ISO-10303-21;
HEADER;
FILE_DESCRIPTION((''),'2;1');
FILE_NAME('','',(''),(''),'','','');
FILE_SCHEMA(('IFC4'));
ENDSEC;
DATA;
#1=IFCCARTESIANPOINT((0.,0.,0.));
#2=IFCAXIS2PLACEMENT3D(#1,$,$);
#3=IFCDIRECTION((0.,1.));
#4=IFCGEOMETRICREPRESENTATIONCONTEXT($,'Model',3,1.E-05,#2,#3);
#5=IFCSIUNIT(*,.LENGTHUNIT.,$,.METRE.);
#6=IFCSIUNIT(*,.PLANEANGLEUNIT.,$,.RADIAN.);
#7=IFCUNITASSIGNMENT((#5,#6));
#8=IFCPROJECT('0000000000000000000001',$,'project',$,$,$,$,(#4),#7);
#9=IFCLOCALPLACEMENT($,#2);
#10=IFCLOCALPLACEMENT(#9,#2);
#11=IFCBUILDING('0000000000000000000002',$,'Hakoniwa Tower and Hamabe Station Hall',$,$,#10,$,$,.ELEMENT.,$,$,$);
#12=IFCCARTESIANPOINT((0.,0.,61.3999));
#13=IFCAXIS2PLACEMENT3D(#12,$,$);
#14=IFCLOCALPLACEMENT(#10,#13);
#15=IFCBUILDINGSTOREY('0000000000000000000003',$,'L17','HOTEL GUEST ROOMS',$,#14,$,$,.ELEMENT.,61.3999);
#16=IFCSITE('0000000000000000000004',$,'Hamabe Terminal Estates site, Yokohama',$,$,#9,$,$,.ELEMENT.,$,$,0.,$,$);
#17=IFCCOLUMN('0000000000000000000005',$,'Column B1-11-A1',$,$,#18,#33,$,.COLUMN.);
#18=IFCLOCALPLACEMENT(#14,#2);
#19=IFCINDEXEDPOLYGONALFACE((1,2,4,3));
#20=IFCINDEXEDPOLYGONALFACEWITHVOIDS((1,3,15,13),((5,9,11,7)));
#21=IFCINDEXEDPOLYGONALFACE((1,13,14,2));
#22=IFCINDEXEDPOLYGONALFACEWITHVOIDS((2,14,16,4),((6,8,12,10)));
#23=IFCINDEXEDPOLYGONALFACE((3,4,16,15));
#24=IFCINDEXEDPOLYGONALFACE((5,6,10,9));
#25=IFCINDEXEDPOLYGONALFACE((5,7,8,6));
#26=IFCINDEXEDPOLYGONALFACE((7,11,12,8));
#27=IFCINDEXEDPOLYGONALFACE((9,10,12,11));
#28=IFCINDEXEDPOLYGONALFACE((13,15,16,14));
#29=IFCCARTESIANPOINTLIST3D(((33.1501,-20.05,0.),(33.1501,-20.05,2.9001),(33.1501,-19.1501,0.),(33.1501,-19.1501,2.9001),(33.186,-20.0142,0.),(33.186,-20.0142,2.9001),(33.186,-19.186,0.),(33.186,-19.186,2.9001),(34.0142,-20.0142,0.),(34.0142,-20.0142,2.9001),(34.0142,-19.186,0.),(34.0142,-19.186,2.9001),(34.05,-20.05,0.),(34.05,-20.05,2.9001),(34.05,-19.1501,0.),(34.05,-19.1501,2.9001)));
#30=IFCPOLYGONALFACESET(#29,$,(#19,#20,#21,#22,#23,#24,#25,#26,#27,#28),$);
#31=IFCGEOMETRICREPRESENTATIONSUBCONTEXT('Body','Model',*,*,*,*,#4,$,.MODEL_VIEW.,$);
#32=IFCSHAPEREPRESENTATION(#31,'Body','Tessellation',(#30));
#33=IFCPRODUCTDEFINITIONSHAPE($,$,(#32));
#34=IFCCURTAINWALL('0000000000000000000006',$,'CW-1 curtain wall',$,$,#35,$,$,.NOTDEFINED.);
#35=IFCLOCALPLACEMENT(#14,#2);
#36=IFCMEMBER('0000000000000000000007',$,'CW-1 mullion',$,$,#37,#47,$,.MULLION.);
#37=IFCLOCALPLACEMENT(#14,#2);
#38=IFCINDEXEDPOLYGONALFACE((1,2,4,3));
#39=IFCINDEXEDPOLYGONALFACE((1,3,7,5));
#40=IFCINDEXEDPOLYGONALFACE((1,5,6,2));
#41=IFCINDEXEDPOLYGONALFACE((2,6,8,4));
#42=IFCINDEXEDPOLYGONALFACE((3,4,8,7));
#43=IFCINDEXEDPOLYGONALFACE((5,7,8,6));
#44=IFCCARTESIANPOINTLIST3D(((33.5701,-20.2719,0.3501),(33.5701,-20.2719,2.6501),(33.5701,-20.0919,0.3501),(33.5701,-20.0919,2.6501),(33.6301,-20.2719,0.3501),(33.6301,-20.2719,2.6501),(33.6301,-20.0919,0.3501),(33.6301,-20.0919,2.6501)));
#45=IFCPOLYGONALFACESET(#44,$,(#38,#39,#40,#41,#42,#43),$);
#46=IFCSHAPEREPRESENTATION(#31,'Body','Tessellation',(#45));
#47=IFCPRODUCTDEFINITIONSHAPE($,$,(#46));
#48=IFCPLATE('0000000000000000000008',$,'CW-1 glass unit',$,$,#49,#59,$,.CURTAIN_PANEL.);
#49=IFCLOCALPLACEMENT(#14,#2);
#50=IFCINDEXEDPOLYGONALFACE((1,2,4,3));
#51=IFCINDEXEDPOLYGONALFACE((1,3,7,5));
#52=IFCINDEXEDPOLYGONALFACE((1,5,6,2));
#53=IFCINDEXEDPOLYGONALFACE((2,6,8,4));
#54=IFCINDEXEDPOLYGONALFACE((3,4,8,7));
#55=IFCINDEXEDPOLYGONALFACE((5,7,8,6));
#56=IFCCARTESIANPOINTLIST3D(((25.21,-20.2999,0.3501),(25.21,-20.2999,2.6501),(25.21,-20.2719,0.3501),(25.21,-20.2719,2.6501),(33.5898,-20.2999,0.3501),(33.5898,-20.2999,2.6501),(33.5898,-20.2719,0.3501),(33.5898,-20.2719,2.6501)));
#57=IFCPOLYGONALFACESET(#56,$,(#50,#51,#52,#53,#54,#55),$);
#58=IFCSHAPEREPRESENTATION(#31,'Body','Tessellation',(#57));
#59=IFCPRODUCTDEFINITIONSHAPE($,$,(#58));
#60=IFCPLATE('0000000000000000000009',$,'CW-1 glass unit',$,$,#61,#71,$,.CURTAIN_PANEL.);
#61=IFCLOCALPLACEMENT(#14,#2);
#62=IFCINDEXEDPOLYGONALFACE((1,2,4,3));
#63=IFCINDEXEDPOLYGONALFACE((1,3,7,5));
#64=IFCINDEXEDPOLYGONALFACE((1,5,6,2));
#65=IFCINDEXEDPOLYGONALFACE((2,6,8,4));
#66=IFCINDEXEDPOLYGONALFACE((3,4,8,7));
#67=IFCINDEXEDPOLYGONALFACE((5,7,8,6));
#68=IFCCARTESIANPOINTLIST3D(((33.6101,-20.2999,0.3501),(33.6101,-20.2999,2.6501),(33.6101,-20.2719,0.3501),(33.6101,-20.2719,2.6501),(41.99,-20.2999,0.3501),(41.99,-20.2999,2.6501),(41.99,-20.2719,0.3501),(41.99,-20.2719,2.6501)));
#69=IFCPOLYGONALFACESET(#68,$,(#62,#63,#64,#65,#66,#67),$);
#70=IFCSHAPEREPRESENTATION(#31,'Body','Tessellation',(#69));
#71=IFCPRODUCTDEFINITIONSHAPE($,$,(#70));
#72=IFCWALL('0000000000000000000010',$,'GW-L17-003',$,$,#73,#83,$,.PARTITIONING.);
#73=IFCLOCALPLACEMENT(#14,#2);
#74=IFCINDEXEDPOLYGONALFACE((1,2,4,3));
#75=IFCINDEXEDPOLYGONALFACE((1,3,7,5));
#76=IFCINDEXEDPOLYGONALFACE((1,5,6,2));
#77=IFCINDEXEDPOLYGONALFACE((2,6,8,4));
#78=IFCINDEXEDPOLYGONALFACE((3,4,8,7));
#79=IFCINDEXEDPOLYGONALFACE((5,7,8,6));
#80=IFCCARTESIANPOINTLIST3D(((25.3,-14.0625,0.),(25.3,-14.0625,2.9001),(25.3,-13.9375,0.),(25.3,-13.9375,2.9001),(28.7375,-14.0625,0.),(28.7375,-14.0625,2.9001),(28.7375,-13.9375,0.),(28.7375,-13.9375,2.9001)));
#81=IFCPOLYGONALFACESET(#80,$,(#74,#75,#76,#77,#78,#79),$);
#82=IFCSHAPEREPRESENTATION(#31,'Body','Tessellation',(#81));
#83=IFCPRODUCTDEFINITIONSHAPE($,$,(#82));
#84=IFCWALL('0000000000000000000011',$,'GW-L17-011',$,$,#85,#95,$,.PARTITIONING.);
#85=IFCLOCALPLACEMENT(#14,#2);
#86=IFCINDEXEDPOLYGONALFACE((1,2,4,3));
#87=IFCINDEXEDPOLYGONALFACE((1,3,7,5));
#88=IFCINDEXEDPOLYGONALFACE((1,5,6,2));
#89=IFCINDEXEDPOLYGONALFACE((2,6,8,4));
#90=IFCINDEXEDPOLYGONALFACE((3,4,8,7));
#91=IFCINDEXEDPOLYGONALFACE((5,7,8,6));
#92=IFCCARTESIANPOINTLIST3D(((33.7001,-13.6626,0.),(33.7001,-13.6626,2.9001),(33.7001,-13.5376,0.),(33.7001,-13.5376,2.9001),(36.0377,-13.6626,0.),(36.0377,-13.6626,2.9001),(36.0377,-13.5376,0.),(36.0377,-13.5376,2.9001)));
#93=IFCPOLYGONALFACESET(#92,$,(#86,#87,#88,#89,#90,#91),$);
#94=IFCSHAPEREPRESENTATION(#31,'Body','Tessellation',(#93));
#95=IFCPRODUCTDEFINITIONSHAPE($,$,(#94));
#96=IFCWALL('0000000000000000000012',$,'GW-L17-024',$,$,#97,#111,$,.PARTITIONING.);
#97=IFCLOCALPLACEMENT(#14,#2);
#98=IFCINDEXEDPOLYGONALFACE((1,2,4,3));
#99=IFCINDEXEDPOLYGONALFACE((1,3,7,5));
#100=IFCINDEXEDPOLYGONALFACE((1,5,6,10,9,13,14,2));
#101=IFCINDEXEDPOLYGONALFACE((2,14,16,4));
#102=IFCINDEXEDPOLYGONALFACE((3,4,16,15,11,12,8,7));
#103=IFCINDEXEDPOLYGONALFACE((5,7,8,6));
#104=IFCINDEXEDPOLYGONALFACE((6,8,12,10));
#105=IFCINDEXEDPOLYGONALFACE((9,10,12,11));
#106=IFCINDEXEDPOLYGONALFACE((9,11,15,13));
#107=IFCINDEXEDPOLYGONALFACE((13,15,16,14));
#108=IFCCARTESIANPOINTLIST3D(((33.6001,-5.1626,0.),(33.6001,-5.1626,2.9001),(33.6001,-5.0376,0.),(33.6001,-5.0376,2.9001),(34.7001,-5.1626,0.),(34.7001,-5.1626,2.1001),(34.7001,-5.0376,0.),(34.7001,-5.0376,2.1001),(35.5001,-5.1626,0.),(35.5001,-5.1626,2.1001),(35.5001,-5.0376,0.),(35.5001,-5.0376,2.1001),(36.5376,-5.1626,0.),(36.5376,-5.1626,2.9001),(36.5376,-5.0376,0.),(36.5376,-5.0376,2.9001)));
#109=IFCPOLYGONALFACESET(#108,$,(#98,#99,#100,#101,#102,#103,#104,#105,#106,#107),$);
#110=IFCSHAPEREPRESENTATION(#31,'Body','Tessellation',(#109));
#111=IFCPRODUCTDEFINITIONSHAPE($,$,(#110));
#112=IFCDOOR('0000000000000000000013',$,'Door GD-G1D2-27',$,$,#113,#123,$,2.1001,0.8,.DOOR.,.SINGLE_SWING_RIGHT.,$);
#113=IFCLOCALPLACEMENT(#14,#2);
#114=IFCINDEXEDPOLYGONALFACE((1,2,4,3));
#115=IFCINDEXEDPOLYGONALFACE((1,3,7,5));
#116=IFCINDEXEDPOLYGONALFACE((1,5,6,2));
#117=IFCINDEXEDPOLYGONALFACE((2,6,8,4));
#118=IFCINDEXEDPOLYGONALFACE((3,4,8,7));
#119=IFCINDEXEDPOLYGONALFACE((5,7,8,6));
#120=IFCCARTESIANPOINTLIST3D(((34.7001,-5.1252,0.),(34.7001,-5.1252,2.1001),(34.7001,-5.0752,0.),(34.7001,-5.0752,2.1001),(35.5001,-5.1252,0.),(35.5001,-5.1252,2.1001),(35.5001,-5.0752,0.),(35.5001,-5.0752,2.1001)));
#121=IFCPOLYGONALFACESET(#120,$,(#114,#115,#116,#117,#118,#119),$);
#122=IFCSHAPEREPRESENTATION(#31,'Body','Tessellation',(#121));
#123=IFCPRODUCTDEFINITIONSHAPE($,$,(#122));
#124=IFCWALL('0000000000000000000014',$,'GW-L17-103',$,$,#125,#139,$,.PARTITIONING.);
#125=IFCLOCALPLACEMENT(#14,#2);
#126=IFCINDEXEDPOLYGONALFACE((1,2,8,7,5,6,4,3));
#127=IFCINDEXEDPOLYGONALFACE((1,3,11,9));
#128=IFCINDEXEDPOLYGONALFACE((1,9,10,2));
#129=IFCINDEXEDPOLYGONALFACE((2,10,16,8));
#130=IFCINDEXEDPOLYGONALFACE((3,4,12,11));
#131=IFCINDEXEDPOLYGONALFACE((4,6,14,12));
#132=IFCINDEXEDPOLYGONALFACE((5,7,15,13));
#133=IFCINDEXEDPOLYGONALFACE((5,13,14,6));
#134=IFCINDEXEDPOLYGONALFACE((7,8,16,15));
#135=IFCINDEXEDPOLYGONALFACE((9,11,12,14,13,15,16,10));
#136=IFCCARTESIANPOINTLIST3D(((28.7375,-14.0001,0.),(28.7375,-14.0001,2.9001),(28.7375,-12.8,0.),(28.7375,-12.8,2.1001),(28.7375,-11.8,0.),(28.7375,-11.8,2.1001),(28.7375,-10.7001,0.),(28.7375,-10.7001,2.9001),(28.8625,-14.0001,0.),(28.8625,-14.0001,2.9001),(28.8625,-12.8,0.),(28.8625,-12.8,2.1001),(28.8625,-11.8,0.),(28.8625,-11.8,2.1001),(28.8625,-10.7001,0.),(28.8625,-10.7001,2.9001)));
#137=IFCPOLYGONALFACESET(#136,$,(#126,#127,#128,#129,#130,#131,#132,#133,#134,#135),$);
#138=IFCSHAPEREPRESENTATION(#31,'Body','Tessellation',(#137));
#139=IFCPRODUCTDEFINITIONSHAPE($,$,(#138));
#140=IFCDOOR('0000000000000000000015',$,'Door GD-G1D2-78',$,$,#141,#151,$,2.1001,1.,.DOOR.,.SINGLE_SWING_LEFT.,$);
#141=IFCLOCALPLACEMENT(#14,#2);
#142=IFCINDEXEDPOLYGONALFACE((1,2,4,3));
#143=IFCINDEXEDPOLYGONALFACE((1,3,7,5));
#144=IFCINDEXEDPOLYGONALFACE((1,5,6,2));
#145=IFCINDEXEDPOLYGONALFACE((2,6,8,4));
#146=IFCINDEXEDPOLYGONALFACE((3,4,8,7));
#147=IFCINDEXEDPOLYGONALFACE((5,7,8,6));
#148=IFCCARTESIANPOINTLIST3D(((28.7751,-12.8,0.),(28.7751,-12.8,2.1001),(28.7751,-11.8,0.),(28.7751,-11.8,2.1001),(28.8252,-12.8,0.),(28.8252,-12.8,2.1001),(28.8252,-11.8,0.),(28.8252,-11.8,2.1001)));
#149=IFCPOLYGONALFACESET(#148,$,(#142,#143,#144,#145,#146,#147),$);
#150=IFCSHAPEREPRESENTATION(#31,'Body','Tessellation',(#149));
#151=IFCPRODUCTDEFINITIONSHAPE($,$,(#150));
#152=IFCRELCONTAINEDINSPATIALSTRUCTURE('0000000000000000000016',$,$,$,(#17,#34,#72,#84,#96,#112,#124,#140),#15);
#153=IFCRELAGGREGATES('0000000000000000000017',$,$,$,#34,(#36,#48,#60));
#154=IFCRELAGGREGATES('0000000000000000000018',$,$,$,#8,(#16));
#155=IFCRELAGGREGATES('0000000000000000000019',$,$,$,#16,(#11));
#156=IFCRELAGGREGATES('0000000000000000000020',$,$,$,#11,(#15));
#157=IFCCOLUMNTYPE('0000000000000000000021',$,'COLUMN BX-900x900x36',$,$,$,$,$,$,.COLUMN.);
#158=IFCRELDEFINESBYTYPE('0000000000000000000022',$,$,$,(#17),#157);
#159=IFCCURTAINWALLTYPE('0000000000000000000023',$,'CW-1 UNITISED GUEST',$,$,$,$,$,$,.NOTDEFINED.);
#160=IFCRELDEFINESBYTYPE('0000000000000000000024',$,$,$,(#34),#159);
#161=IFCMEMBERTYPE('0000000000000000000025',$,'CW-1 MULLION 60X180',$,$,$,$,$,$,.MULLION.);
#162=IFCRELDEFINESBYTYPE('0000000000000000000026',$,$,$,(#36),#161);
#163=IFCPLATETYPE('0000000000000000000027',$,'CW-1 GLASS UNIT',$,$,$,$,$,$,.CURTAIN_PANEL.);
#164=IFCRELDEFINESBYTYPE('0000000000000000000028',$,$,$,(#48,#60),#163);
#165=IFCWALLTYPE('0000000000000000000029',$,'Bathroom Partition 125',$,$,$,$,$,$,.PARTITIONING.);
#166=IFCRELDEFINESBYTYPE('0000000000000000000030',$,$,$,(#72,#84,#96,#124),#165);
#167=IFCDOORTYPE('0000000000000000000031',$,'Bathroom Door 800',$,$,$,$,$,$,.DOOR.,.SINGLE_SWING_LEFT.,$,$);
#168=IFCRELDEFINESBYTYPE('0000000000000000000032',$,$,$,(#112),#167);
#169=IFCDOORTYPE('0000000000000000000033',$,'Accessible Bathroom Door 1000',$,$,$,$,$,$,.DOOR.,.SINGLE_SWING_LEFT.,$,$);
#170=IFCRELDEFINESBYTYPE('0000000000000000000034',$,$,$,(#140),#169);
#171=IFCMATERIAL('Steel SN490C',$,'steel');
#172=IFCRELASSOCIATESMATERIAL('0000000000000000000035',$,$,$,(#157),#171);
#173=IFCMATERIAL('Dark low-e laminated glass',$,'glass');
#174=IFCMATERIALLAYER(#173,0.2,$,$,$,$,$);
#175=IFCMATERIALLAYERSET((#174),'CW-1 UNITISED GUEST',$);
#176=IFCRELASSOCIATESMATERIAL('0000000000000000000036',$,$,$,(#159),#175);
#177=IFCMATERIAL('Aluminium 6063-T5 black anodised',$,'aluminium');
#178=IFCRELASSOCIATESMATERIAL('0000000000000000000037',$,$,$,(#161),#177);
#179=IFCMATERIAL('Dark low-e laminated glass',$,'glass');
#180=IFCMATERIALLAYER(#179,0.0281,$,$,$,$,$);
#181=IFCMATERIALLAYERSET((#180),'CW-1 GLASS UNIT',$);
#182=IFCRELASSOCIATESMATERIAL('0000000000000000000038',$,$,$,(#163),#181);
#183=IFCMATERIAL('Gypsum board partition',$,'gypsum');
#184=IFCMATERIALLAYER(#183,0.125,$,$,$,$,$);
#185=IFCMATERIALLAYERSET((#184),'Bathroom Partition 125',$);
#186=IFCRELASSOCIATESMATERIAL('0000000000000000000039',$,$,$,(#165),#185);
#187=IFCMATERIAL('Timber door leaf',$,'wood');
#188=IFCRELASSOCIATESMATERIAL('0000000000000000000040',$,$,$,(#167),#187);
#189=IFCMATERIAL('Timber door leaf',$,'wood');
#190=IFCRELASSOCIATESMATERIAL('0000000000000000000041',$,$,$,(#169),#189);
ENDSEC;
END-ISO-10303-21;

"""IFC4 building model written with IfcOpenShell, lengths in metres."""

from ifc_helpers import new_model, si_unit, direction, frame, frame_2d, origin, origin_2d, place, context, subcontext, project, spatial, rectangle, hollow_rectangle, extrude, material, layer, layer_set, material_profile, profile_set, type_object, element, fill, aggregate, save


model = new_model("IFC4")

# Units and contexts
model_context = context("Model", 3, precision=1e-05, world=origin(), true_north=direction((0.0, 1.0)))
body_context = subcontext(model_context, "Body", "Model", "MODEL_VIEW")
ifc_project = project(units=[si_unit("LENGTHUNIT", "METRE"), si_unit("PLANEANGLEUNIT", "RADIAN")], contexts=[model_context])

# Site, building, storey
site_placement = place(None, origin())
site = spatial("IfcSite", under=ifc_project, at=site_placement, Name="Hamabe Terminal Estates site, Yokohama", CompositionType="ELEMENT", RefElevation=0.0)
building_placement = place(site_placement, origin())
building = spatial("IfcBuilding", under=site, at=building_placement, Name="Hakoniwa Tower and Hamabe Station Hall", CompositionType="ELEMENT")
storey_placement = place(building_placement, frame((0.0, 0.0, 61.3999)))
storey = spatial("IfcBuildingStorey", under=building, at=storey_placement, Name="L17", Description="HOTEL GUEST ROOMS", CompositionType="ELEMENT", Elevation=61.3999)

# Column
ifc_material_1 = material(Name="Steel SN490C", Category="steel")
ifc_material_profile_1 = material_profile(ifc_material_1, hollow_rectangle(XDim=0.8999, YDim=0.8999, WallThickness=0.0359, at=origin_2d()), Name="BX-900x900x36")
ifc_profile_set_1 = profile_set([ifc_material_profile_1], Name="Steel SN490C")
column_type = type_object("IfcColumnType", Name="COLUMN BX-900x900x36", PredefinedType="COLUMN", material=ifc_profile_set_1)
column_placement = place(storey_placement, frame((33.6001, -19.6001, 0.0), z_axis=(0.0, 0.0, 1.0), x_axis=(1.0, 0.0, 0.0)))
element("IfcColumn", 1, at=column_placement, inside=storey, type_object=column_type, Name="Column B1-11-A1", PredefinedType="COLUMN", context=body_context, shape_type="SweptSolid", body=[
    extrude(hollow_rectangle(XDim=0.8999, YDim=0.8999, WallThickness=0.0359, at=origin_2d()), origin(), (0.0, 0.0, 1.0), 2.9001),
])

# Curtain wall, member, plates
ifc_material_2 = material(Name="Dark low-e laminated glass", Category="glass")
ifc_layer_1 = layer(ifc_material_2, 0.2)
ifc_layer_set_1 = layer_set([ifc_layer_1], Name="CW-1 UNITISED GUEST")
curtain_wall_type = type_object("IfcCurtainWallType", Name="CW-1 UNITISED GUEST", PredefinedType="NOTDEFINED", material=ifc_layer_set_1)
curtain_wall_placement = place(storey_placement, origin())
curtain_wall = element("IfcCurtainWall", 2, at=curtain_wall_placement, inside=storey, type_object=curtain_wall_type, Name="CW-1 curtain wall", PredefinedType="NOTDEFINED")
ifc_material_3 = material(Name="Aluminium 6063-T5 black anodised", Category="aluminium")
ifc_material_profile_2 = material_profile(ifc_material_3, rectangle(XDim=0.0601, YDim=0.1799, at=origin_2d()), Name="CW-1 MULLION 60X180")
ifc_profile_set_2 = profile_set([ifc_material_profile_2], Name="Aluminium 6063-T5 black anodised")
member_type = type_object("IfcMemberType", Name="CW-1 MULLION 60X180", PredefinedType="MULLION", material=ifc_profile_set_2)
member_placement = place(storey_placement, frame((33.6001, -20.1819, 0.3501), z_axis=(0.0, 0.0, 1.0), x_axis=(1.0, 0.0, 0.0)))
member = element("IfcMember", 3, at=member_placement, type_object=member_type, Name="CW-1 mullion", PredefinedType="MULLION", context=body_context, shape_type="SweptSolid", body=[
    extrude(rectangle(XDim=0.0601, YDim=0.1799, at=origin_2d()), origin(), (0.0, 0.0, 1.0), 2.3),
])
ifc_material_4 = material(Name="Dark low-e laminated glass", Category="glass")
ifc_layer_2 = layer(ifc_material_4, 0.0281)
ifc_layer_set_2 = layer_set([ifc_layer_2], Name="CW-1 GLASS UNIT")
plate_type = type_object("IfcPlateType", Name="CW-1 GLASS UNIT", PredefinedType="CURTAIN_PANEL", material=ifc_layer_set_2)
plate_1_placement = place(storey_placement, frame((29.3999, -20.2859, 0.3501), z_axis=(0.0, 0.0, 1.0), x_axis=(1.0, 0.0, 0.0)))
plate_1 = element("IfcPlate", 4, at=plate_1_placement, type_object=plate_type, Name="CW-1 glass unit", PredefinedType="CURTAIN_PANEL", context=body_context, shape_type="SweptSolid", body=[
    extrude(rectangle(XDim=8.3799, YDim=0.0281, at=origin_2d()), origin(), (0.0, 0.0, 1.0), 2.3),
])
plate_2_placement = place(storey_placement, frame((37.8, -20.2859, 0.3501), z_axis=(0.0, 0.0, 1.0), x_axis=(1.0, 0.0, 0.0)))
plate_2 = element("IfcPlate", 5, at=plate_2_placement, type_object=plate_type, Name="CW-1 glass unit", PredefinedType="CURTAIN_PANEL", context=body_context, shape_type="SweptSolid", body=[
    extrude(rectangle(XDim=8.3799, YDim=0.0281, at=origin_2d()), origin(), (0.0, 0.0, 1.0), 2.3),
])
aggregate(curtain_wall, [member, plate_1, plate_2])

# Walls
ifc_material_5 = material(Name="Gypsum board partition", Category="gypsum")
ifc_layer_3 = layer(ifc_material_5, 0.125)
ifc_layer_set_3 = layer_set([ifc_layer_3], Name="Bathroom Partition 125")
wall_type_1 = type_object("IfcWallType", Name="Bathroom Partition 125", PredefinedType="PARTITIONING", material=ifc_layer_set_3)
wall_1_placement = place(storey_placement, frame((25.3, -14.0, 0.0), z_axis=(0.0, 0.0, 1.0), x_axis=(1.0, 0.0, 0.0)))
element("IfcWall", 6, at=wall_1_placement, inside=storey, type_object=wall_type_1, Name="GW-L17-003", PredefinedType="PARTITIONING", context=body_context, shape_type="SweptSolid", body=[
    extrude(rectangle(XDim=3.4375, YDim=0.125, at=frame_2d((1.7188, 0.0))), origin(), (0.0, 0.0, 1.0), 2.9001),
])
wall_2_placement = place(storey_placement, frame((33.7, -13.6001, 0.0), z_axis=(0.0, 0.0, 1.0), x_axis=(1.0, 0.0, 0.0)))
element("IfcWall", 7, at=wall_2_placement, inside=storey, type_object=wall_type_1, Name="GW-L17-011", PredefinedType="PARTITIONING", context=body_context, shape_type="SweptSolid", body=[
    extrude(rectangle(XDim=2.3376, YDim=0.125, at=frame_2d((1.1689, 0.0))), origin(), (0.0, 0.0, 1.0), 2.9001),
])

# Walls, openings, doors
wall_3_placement = place(storey_placement, frame((33.6001, -5.1001, 0.0), z_axis=(0.0, 0.0, 1.0), x_axis=(1.0, 0.0, 0.0)))
wall_3 = element("IfcWall", 8, at=wall_3_placement, inside=storey, type_object=wall_type_1, Name="GW-L17-024", PredefinedType="PARTITIONING", context=body_context, shape_type="SweptSolid", body=[
    extrude(rectangle(XDim=2.9375, YDim=0.125, at=frame_2d((1.4688, 0.0))), origin(), (0.0, 0.0, 1.0), 2.9001),
])
opening_1_placement = place(wall_3_placement, frame((1.1001, 0.0, 0.0)))
opening_1 = element("IfcOpeningElement", 9, at=opening_1_placement, cuts=wall_3, PredefinedType="OPENING", context=body_context, shape_type="SweptSolid", body=[
    extrude(rectangle(XDim=0.8, YDim=2.1001, at=frame_2d((0.3999, 1.05))), frame((0.0, 0.0725, 0.0), z_axis=(0.0, -1.0, 0.0), x_axis=(1.0, 0.0, 0.0)), (0.0, 0.0, 1.0), 0.145),
])
ifc_material_6 = material(Name="Timber door leaf", Category="wood")
door_type_1 = type_object("IfcDoorType", Name="Bathroom Door 800", OperationType="SINGLE_SWING_LEFT", PredefinedType="DOOR", material=ifc_material_6)
door_1_placement = place(opening_1_placement, origin())
door_1 = element("IfcDoor", 10, at=door_1_placement, inside=storey, type_object=door_type_1, Name="Door GD-G1D2-27", OperationType="SINGLE_SWING_RIGHT", OverallHeight=2.1001, OverallWidth=0.8, PredefinedType="DOOR", context=body_context, shape_type="SweptSolid", body=[
    extrude(rectangle(XDim=0.8, YDim=2.1001, at=frame_2d((0.3999, 1.05))), frame((0.0, 0.0249, 0.0), z_axis=(0.0, -1.0, 0.0), x_axis=(1.0, 0.0, 0.0)), (0.0, 0.0, 1.0), 0.05),
])
fill(opening_1, door_1)
wall_4_placement = place(storey_placement, frame((28.8, -14.0, 0.0), z_axis=(0.0, 0.0, 1.0), x_axis=(0.0, 1.0, 0.0)))
wall_4 = element("IfcWall", 11, at=wall_4_placement, inside=storey, type_object=wall_type_1, Name="GW-L17-103", PredefinedType="PARTITIONING", context=body_context, shape_type="SweptSolid", body=[
    extrude(rectangle(XDim=3.3, YDim=0.125, at=frame_2d((1.6499, 0.0))), origin(), (0.0, 0.0, 1.0), 2.9001),
])
opening_2_placement = place(wall_4_placement, frame((1.2, 0.0, 0.0)))
opening_2 = element("IfcOpeningElement", 12, at=opening_2_placement, cuts=wall_4, PredefinedType="OPENING", context=body_context, shape_type="SweptSolid", body=[
    extrude(rectangle(XDim=1.0, YDim=2.1001, at=frame_2d((0.5, 1.05))), frame((0.0, 0.0725, 0.0), z_axis=(0.0, -1.0, 0.0), x_axis=(1.0, 0.0, 0.0)), (0.0, 0.0, 1.0), 0.145),
])
ifc_material_7 = material(Name="Timber door leaf", Category="wood")
door_type_2 = type_object("IfcDoorType", Name="Accessible Bathroom Door 1000", OperationType="SINGLE_SWING_LEFT", PredefinedType="DOOR", material=ifc_material_7)
door_2_placement = place(opening_2_placement, origin())
door_2 = element("IfcDoor", 13, at=door_2_placement, inside=storey, type_object=door_type_2, Name="Door GD-G1D2-78", OperationType="SINGLE_SWING_LEFT", OverallHeight=2.1001, OverallWidth=1.0, PredefinedType="DOOR", context=body_context, shape_type="SweptSolid", body=[
    extrude(rectangle(XDim=1.0, YDim=2.1001, at=frame_2d((0.5, 1.05))), frame((0.0, 0.0249, 0.0), z_axis=(0.0, -1.0, 0.0), x_axis=(1.0, 0.0, 0.0)), (0.0, 0.0, 1.0), 0.05),
])
fill(opening_2, door_2)

save(model, "model.ifc")
